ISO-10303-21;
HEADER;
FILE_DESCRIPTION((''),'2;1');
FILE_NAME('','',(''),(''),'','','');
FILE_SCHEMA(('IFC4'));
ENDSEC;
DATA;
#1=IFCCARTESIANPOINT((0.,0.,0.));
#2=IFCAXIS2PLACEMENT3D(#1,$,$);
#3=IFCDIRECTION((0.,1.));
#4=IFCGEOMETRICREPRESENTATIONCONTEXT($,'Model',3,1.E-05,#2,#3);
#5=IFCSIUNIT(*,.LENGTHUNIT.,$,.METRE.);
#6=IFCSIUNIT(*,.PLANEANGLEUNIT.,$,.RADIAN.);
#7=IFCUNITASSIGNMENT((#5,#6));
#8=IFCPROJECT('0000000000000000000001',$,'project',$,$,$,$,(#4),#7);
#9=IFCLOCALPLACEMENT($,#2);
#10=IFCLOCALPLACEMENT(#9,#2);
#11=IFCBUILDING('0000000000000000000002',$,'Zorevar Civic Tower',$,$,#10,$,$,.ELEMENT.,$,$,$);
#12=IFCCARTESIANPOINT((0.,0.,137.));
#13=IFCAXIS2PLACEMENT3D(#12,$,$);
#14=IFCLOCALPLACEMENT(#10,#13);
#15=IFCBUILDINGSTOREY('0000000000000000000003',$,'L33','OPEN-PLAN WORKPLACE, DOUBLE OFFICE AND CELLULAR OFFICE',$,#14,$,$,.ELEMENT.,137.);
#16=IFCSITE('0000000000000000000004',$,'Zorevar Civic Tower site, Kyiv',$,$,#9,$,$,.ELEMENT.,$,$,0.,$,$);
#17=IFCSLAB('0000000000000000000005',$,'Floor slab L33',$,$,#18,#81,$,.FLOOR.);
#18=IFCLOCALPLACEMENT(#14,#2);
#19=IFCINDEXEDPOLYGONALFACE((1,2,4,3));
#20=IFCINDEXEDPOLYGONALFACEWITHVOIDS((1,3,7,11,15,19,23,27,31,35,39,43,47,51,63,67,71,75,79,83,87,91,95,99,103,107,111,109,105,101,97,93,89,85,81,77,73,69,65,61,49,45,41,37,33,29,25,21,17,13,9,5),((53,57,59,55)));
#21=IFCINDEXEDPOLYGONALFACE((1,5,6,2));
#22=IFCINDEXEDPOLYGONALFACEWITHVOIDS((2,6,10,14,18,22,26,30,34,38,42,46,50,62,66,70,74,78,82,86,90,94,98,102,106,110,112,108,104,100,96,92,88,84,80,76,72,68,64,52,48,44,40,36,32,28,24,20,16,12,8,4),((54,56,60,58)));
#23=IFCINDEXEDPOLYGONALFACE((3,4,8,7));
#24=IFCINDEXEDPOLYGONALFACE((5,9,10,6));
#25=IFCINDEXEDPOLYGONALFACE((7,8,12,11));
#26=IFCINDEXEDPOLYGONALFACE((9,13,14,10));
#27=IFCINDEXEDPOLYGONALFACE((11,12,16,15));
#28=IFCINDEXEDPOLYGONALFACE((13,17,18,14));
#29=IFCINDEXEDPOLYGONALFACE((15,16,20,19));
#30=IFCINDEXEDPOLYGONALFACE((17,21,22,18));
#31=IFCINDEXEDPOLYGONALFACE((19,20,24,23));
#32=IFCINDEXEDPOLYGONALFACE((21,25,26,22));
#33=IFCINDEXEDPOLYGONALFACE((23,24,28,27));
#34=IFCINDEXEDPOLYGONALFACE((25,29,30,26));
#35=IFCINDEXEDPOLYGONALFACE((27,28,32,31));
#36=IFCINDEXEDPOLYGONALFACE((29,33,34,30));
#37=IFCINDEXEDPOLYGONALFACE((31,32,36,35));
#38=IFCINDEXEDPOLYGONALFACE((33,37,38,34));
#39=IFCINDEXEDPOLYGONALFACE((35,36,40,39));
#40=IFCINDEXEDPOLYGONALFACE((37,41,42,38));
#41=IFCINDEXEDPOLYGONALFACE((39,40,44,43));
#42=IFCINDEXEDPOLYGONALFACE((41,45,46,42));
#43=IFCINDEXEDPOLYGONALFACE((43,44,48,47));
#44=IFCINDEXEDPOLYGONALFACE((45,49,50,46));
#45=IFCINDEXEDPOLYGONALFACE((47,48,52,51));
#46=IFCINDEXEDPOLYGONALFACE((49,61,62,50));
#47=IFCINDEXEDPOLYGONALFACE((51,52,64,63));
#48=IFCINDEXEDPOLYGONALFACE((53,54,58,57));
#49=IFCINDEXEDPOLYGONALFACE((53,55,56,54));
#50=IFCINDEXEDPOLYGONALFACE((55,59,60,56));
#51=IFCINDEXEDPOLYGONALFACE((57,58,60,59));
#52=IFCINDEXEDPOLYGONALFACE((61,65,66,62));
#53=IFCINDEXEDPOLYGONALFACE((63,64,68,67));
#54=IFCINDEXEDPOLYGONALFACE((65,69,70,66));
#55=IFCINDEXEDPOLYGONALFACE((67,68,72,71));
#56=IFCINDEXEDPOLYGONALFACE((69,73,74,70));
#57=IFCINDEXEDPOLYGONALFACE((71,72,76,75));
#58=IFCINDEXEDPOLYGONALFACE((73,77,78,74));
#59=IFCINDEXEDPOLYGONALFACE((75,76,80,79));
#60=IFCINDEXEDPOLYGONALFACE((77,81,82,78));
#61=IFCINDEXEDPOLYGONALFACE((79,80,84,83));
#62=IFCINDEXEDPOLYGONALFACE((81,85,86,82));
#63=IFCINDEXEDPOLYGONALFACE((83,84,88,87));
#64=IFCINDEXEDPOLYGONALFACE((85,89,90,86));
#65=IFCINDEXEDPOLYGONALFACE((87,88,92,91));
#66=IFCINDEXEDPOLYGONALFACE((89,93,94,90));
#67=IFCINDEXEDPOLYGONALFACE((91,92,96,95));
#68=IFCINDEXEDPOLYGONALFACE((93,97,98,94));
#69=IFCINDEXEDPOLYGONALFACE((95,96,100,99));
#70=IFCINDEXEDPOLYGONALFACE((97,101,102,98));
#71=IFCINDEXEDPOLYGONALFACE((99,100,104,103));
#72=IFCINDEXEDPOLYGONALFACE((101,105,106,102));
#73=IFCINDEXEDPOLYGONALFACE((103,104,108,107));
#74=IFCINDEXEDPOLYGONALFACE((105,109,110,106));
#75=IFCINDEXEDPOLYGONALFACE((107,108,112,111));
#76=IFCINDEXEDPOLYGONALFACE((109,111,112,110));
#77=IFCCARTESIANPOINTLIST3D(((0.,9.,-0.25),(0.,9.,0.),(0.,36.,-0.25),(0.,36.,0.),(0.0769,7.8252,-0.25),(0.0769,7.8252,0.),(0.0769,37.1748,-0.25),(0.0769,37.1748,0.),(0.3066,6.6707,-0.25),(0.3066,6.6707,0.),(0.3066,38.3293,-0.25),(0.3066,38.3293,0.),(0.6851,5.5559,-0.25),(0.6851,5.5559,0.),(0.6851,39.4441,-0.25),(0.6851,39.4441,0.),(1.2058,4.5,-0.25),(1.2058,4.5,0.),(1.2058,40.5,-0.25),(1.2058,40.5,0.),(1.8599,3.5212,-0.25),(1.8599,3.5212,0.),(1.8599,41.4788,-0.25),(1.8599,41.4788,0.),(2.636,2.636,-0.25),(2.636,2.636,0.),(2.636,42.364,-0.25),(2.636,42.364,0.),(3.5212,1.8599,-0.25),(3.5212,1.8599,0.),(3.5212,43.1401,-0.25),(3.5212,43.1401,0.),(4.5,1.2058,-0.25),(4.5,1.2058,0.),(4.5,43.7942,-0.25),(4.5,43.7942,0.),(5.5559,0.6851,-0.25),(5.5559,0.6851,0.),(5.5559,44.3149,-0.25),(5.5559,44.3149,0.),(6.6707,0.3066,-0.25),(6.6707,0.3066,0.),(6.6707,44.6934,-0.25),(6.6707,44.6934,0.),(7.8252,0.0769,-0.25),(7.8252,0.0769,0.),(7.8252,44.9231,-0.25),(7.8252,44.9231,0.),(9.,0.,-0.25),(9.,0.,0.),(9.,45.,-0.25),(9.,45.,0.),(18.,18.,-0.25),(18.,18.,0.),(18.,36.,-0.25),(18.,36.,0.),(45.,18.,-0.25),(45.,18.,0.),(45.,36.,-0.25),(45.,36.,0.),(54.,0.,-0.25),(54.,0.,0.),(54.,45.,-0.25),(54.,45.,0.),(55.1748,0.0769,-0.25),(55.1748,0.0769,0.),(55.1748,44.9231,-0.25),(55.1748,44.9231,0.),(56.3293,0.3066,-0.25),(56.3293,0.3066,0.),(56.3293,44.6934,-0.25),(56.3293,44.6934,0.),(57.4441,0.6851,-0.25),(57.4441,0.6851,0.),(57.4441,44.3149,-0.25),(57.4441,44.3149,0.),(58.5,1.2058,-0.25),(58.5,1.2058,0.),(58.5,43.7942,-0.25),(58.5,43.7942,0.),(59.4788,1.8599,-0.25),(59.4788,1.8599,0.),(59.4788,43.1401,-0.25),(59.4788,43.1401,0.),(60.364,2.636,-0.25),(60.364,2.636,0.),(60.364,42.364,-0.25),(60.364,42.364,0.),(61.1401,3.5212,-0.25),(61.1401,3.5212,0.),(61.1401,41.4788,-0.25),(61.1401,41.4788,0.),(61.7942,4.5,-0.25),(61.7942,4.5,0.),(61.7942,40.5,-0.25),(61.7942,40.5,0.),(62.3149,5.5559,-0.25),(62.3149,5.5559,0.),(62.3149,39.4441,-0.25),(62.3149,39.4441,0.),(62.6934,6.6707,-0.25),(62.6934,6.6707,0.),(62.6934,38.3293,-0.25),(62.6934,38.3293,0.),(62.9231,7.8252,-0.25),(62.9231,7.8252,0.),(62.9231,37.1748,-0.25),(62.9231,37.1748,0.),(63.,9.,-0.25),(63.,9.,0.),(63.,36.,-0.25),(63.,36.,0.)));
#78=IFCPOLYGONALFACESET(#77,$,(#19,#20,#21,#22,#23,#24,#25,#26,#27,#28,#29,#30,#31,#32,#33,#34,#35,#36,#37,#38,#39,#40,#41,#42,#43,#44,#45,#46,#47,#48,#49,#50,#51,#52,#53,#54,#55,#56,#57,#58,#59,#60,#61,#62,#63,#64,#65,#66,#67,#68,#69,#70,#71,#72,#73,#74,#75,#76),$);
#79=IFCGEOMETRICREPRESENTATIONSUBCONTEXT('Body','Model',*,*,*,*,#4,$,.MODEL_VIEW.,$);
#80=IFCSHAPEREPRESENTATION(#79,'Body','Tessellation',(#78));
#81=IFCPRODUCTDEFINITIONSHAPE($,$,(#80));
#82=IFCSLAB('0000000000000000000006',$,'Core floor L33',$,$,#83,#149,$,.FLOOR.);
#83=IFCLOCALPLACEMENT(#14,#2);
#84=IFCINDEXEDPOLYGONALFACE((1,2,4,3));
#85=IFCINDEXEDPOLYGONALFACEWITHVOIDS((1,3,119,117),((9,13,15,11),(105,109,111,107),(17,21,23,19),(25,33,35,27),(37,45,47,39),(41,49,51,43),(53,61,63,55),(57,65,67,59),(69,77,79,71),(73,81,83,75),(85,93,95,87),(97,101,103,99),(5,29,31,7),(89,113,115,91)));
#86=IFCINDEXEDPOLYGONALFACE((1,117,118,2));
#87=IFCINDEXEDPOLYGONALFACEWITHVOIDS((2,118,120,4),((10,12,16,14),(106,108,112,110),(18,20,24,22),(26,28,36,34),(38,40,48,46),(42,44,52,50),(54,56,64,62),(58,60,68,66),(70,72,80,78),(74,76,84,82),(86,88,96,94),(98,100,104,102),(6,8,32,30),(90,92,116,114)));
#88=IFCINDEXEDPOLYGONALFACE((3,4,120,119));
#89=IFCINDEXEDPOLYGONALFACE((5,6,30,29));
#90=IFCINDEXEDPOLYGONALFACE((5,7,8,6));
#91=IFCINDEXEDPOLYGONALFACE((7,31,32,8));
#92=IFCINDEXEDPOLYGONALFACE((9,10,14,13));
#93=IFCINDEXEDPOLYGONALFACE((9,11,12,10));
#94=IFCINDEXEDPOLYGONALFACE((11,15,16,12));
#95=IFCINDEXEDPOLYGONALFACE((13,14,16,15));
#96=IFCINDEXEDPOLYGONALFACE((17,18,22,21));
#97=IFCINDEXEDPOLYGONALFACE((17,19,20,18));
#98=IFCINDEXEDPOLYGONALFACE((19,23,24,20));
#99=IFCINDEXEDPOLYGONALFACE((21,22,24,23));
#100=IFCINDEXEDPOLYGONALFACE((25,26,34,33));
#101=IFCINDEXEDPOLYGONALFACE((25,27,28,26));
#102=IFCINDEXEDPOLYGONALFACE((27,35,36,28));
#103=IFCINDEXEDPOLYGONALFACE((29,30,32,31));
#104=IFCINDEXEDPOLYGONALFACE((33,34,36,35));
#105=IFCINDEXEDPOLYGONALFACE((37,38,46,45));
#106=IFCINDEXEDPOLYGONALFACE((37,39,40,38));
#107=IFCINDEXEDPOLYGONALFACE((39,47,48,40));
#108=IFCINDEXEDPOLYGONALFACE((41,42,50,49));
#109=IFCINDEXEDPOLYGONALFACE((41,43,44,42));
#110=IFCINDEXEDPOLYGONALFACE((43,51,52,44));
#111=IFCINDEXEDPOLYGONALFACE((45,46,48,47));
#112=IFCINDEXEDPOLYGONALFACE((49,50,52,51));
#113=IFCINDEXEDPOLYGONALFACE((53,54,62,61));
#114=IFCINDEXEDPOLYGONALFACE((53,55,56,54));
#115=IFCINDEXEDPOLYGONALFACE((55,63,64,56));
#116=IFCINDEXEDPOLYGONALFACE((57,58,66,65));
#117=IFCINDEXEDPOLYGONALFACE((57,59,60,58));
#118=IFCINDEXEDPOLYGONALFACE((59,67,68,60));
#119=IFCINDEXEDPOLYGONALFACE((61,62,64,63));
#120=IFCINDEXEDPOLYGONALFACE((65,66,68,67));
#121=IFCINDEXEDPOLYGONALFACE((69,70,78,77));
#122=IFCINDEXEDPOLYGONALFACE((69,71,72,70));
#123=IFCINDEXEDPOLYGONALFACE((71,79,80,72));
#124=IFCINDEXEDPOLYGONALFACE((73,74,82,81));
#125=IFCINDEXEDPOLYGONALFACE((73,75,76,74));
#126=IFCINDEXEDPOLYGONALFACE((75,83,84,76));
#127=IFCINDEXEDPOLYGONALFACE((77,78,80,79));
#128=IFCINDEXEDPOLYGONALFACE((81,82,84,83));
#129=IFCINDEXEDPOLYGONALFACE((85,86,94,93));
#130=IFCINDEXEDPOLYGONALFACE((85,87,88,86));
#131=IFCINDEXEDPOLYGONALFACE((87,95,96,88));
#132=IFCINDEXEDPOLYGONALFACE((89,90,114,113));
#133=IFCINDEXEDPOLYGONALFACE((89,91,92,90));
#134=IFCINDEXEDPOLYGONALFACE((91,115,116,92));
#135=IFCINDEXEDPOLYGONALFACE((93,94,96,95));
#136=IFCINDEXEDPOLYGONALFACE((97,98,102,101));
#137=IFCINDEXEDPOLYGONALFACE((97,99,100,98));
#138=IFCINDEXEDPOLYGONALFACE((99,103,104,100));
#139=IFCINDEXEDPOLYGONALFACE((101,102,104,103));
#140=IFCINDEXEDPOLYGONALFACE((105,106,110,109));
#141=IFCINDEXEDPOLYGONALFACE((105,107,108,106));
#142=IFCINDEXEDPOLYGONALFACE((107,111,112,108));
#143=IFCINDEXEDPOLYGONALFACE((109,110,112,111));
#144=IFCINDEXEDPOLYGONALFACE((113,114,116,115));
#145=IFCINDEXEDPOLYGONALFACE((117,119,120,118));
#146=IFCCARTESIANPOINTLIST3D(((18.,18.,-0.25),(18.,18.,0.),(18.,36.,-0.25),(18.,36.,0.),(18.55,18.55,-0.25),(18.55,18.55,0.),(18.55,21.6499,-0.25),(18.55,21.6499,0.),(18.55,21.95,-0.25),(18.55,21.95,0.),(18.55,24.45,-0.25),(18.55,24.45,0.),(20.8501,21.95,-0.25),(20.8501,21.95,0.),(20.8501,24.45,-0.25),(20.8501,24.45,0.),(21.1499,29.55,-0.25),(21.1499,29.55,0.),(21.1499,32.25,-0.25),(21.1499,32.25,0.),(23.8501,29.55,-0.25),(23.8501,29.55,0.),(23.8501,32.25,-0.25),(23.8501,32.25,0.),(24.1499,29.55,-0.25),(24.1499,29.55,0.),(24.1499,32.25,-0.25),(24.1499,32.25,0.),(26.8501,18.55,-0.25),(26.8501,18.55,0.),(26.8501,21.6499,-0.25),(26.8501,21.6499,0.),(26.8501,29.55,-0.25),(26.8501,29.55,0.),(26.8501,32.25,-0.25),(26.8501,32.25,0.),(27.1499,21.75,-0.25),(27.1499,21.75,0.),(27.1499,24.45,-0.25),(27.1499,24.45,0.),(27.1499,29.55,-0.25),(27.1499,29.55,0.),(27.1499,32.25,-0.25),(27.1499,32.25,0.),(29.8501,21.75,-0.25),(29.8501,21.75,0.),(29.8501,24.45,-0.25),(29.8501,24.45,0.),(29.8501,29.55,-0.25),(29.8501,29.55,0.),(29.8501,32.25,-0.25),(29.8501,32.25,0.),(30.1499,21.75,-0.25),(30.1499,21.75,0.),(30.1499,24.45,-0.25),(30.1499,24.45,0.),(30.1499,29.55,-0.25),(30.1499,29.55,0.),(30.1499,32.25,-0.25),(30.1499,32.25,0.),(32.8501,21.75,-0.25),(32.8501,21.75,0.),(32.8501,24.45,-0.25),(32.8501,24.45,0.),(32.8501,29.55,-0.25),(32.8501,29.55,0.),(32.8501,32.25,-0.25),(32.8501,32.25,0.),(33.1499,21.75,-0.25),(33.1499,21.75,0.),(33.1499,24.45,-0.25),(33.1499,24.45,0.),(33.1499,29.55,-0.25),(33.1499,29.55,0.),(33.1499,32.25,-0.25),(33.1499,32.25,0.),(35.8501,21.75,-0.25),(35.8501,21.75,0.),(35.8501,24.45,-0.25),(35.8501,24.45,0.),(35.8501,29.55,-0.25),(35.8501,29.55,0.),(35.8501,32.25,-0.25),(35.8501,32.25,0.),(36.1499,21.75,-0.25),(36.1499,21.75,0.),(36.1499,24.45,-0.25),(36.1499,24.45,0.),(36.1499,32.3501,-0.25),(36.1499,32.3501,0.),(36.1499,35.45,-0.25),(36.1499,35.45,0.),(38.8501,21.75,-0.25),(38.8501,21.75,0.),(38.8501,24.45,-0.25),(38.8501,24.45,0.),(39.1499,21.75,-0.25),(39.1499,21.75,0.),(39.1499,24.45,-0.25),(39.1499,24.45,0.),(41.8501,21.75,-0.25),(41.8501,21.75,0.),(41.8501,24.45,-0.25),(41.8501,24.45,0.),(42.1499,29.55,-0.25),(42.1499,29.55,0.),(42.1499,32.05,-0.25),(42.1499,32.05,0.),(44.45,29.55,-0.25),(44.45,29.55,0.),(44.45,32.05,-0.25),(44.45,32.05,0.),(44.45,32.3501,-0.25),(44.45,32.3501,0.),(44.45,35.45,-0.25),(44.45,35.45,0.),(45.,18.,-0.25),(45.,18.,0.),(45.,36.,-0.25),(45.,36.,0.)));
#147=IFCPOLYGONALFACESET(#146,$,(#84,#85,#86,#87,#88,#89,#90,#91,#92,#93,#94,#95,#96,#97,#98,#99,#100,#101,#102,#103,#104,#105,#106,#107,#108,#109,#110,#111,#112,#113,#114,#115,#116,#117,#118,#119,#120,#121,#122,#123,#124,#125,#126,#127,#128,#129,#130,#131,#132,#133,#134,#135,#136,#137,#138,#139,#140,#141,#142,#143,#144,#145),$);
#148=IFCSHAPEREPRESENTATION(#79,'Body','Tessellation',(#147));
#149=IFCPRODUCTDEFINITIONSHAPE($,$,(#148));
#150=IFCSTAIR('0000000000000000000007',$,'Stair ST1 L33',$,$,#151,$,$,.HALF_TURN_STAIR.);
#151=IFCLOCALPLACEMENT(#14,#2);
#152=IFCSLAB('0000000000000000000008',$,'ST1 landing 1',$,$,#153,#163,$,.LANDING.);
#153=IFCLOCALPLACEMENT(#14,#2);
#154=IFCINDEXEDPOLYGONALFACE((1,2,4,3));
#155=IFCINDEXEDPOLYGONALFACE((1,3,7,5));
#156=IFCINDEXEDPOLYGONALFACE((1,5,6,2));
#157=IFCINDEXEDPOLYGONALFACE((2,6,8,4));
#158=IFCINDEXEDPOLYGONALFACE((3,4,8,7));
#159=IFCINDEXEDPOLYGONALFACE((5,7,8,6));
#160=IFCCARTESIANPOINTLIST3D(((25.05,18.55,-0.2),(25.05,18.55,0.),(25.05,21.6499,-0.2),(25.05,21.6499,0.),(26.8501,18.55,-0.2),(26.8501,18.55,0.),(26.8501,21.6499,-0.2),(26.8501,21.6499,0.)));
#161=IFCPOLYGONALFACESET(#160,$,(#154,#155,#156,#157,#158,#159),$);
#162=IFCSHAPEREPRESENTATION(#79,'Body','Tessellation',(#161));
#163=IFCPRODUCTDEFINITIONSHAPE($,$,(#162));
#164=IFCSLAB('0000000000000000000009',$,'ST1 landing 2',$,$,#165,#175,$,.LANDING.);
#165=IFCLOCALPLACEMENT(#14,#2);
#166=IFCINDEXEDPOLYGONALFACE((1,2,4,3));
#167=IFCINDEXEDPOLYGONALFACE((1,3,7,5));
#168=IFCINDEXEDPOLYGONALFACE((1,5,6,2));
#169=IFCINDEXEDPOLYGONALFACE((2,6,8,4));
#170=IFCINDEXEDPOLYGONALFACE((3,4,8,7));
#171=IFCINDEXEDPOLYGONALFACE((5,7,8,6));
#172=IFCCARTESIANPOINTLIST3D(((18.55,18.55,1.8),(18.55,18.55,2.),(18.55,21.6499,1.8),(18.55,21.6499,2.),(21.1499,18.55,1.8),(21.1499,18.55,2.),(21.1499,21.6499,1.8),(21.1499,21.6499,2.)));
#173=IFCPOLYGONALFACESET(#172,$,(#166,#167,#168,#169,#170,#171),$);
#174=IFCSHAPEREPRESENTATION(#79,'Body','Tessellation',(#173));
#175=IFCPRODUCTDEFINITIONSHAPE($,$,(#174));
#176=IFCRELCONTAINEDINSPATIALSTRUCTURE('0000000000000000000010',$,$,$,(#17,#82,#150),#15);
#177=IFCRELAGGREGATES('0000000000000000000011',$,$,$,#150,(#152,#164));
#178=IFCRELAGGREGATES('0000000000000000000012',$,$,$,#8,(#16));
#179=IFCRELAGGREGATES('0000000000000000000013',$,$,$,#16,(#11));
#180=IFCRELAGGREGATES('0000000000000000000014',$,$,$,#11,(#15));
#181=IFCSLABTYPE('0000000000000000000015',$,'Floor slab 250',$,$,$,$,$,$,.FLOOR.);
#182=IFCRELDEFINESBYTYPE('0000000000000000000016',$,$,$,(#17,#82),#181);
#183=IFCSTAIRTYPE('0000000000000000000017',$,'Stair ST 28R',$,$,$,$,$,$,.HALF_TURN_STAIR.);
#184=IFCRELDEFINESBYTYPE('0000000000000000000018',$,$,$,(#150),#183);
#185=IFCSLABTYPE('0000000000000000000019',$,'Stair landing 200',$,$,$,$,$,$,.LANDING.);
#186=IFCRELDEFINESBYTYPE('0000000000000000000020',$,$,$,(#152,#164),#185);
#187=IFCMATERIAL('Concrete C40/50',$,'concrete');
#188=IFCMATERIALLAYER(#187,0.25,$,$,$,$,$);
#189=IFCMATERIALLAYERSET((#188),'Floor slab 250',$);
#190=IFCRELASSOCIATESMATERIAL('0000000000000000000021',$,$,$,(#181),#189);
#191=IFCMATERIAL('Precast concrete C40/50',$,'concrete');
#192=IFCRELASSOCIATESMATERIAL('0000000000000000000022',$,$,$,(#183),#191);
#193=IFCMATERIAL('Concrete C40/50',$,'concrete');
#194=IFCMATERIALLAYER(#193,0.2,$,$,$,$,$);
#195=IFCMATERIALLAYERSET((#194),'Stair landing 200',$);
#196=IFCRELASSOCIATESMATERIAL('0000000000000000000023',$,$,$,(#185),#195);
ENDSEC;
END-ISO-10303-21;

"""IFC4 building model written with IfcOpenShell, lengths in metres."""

from ifc_helpers import new_model, si_unit, direction, frame, origin, place, context, subcontext, project, spatial, polyline, outline, extrude, material, layer, layer_set, type_object, element, aggregate, save


model = new_model("IFC4")

# Units and contexts
model_context = context("Model", 3, precision=1e-05, world=origin(), true_north=direction((0.0, 1.0)))
body_context = subcontext(model_context, "Body", "Model", "MODEL_VIEW")
ifc_project = project(units=[si_unit("LENGTHUNIT", "METRE"), si_unit("PLANEANGLEUNIT", "RADIAN")], contexts=[model_context])

# Site, building, storey
site_placement = place(None, origin())
site = spatial("IfcSite", under=ifc_project, at=site_placement, Name="Zorevar Civic Tower site, Kyiv", CompositionType="ELEMENT", RefElevation=0.0)
building_placement = place(site_placement, origin())
building = spatial("IfcBuilding", under=site, at=building_placement, Name="Zorevar Civic Tower", CompositionType="ELEMENT")
storey_placement = place(building_placement, frame((0.0, 0.0, 137.0)))
storey = spatial("IfcBuildingStorey", under=building, at=storey_placement, Name="L33", Description="OPEN-PLAN WORKPLACE, DOUBLE OFFICE AND CELLULAR OFFICE", CompositionType="ELEMENT", Elevation=137.0)

# Slabs
ifc_material_1 = material(Name="Concrete C40/50", Category="concrete")
ifc_layer_1 = layer(ifc_material_1, 0.25)
ifc_layer_set_1 = layer_set([ifc_layer_1], Name="Floor slab 250")
slab_type_1 = type_object("IfcSlabType", Name="Floor slab 250", PredefinedType="FLOOR", material=ifc_layer_set_1)
slab_1_placement = place(storey_placement, frame((0.0, 0.0, -0.25)))
element("IfcSlab", 1, at=slab_1_placement, inside=storey, type_object=slab_type_1, Name="Floor slab L33", PredefinedType="FLOOR", context=body_context, shape_type="SweptSolid", body=[
    extrude(outline(polyline([(54.0, 0.0), (55.1748, 0.0769), (56.3293, 0.3066), (57.4441, 0.6851), (58.5, 1.2058), (59.4788, 1.8599), (60.364, 2.636), (61.1401, 3.5212), (61.7942, 4.5), (62.3149, 5.5559), (62.6934, 6.6707), (62.9231, 7.8252), (63.0, 9.0), (63.0, 36.0), (62.9231, 37.1748), (62.6934, 38.3293), (62.3149, 39.4441), (61.7942, 40.5), (61.1401, 41.4788), (60.364, 42.364), (59.4788, 43.1401), (58.5, 43.7942), (57.4441, 44.3149), (56.3293, 44.6934), (55.1748, 44.9231), (54.0, 45.0), (9.0, 45.0), (7.8252, 44.9231), (6.6707, 44.6934), (5.5559, 44.3149), (4.5, 43.7942), (3.5212, 43.1401), (2.636, 42.364), (1.8599, 41.4788), (1.2058, 40.5), (0.6851, 39.4441), (0.3066, 38.3293), (0.0769, 37.1748), (0.0, 36.0), (0.0, 9.0), (0.0769, 7.8252), (0.3066, 6.6707), (0.6851, 5.5559), (1.2058, 4.5), (1.8599, 3.5212), (2.636, 2.636), (3.5212, 1.8599), (4.5, 1.2058), (5.5559, 0.6851), (6.6707, 0.3066), (7.8252, 0.0769), (9.0, 0.0), (54.0, 0.0)]), holes=[polyline([(18.0, 18.0), (45.0, 18.0), (45.0, 36.0), (18.0, 36.0), (18.0, 18.0)])]), origin(), (0.0, 0.0, 1.0), 0.25),
])
slab_2_placement = place(storey_placement, frame((0.0, 0.0, -0.25)))
element("IfcSlab", 2, at=slab_2_placement, inside=storey, type_object=slab_type_1, Name="Core floor L33", PredefinedType="FLOOR", context=body_context, shape_type="SweptSolid", body=[
    extrude(outline(polyline([(18.0, 18.0), (45.0, 18.0), (45.0, 36.0), (18.0, 36.0), (18.0, 18.0)]), holes=[polyline([(18.55, 18.55), (26.8501, 18.55), (26.8501, 21.6499), (18.55, 21.6499), (18.55, 18.55)]), polyline([(36.1499, 32.3501), (44.45, 32.3501), (44.45, 35.45), (36.1499, 35.45), (36.1499, 32.3501)]), polyline([(18.55, 21.95), (20.8501, 21.95), (20.8501, 24.45), (18.55, 24.45), (18.55, 21.95)]), polyline([(42.1499, 29.55), (44.45, 29.55), (44.45, 32.05), (42.1499, 32.05), (42.1499, 29.55)]), polyline([(27.1499, 21.75), (29.8501, 21.75), (29.8501, 24.45), (27.1499, 24.45), (27.1499, 21.75)]), polyline([(33.1499, 29.55), (35.8501, 29.55), (35.8501, 32.25), (33.1499, 32.25), (33.1499, 29.55)]), polyline([(30.1499, 21.75), (32.8501, 21.75), (32.8501, 24.45), (30.1499, 24.45), (30.1499, 21.75)]), polyline([(30.1499, 29.55), (32.8501, 29.55), (32.8501, 32.25), (30.1499, 32.25), (30.1499, 29.55)]), polyline([(33.1499, 21.75), (35.8501, 21.75), (35.8501, 24.45), (33.1499, 24.45), (33.1499, 21.75)]), polyline([(27.1499, 29.55), (29.8501, 29.55), (29.8501, 32.25), (27.1499, 32.25), (27.1499, 29.55)]), polyline([(36.1499, 21.75), (38.8501, 21.75), (38.8501, 24.45), (36.1499, 24.45), (36.1499, 21.75)]), polyline([(24.1499, 29.55), (26.8501, 29.55), (26.8501, 32.25), (24.1499, 32.25), (24.1499, 29.55)]), polyline([(39.1499, 21.75), (41.8501, 21.75), (41.8501, 24.45), (39.1499, 24.45), (39.1499, 21.75)]), polyline([(21.1499, 29.55), (23.8501, 29.55), (23.8501, 32.25), (21.1499, 32.25), (21.1499, 29.55)])]), origin(), (0.0, 0.0, 1.0), 0.25),
])

# Stair, slabs
ifc_material_2 = material(Name="Precast concrete C40/50", Category="concrete")
stair_type = type_object("IfcStairType", Name="Stair ST 28R", PredefinedType="HALF_TURN_STAIR", material=ifc_material_2)
stair_1_placement = place(storey_placement, origin())
stair_1 = element("IfcStair", 3, at=stair_1_placement, inside=storey, type_object=stair_type, Name="Stair ST1 L33", PredefinedType="HALF_TURN_STAIR")
ifc_material_3 = material(Name="Concrete C40/50", Category="concrete")
ifc_layer_2 = layer(ifc_material_3, 0.2)
ifc_layer_set_2 = layer_set([ifc_layer_2], Name="Stair landing 200")
slab_type_2 = type_object("IfcSlabType", Name="Stair landing 200", PredefinedType="LANDING", material=ifc_layer_set_2)
slab_3_placement = place(storey_placement, frame((0.0, 0.0, -0.2)))
slab_3 = element("IfcSlab", 4, at=slab_3_placement, type_object=slab_type_2, Name="ST1 landing 1", PredefinedType="LANDING", context=body_context, shape_type="SweptSolid", body=[
    extrude(outline(polyline([(25.05, 18.55), (26.8501, 18.55), (26.8501, 21.6499), (25.05, 21.6499), (25.05, 18.55)])), origin(), (0.0, 0.0, 1.0), 0.2),
])
slab_4_placement = place(storey_placement, frame((0.0, 0.0, 1.8)))
slab_4 = element("IfcSlab", 5, at=slab_4_placement, type_object=slab_type_2, Name="ST1 landing 2", PredefinedType="LANDING", context=body_context, shape_type="SweptSolid", body=[
    extrude(outline(polyline([(18.55, 18.55), (21.1499, 18.55), (21.1499, 21.6499), (18.55, 21.6499), (18.55, 18.55)])), origin(), (0.0, 0.0, 1.0), 0.2),
])
aggregate(stair_1, [slab_3, slab_4])

save(model, "model.ifc")
